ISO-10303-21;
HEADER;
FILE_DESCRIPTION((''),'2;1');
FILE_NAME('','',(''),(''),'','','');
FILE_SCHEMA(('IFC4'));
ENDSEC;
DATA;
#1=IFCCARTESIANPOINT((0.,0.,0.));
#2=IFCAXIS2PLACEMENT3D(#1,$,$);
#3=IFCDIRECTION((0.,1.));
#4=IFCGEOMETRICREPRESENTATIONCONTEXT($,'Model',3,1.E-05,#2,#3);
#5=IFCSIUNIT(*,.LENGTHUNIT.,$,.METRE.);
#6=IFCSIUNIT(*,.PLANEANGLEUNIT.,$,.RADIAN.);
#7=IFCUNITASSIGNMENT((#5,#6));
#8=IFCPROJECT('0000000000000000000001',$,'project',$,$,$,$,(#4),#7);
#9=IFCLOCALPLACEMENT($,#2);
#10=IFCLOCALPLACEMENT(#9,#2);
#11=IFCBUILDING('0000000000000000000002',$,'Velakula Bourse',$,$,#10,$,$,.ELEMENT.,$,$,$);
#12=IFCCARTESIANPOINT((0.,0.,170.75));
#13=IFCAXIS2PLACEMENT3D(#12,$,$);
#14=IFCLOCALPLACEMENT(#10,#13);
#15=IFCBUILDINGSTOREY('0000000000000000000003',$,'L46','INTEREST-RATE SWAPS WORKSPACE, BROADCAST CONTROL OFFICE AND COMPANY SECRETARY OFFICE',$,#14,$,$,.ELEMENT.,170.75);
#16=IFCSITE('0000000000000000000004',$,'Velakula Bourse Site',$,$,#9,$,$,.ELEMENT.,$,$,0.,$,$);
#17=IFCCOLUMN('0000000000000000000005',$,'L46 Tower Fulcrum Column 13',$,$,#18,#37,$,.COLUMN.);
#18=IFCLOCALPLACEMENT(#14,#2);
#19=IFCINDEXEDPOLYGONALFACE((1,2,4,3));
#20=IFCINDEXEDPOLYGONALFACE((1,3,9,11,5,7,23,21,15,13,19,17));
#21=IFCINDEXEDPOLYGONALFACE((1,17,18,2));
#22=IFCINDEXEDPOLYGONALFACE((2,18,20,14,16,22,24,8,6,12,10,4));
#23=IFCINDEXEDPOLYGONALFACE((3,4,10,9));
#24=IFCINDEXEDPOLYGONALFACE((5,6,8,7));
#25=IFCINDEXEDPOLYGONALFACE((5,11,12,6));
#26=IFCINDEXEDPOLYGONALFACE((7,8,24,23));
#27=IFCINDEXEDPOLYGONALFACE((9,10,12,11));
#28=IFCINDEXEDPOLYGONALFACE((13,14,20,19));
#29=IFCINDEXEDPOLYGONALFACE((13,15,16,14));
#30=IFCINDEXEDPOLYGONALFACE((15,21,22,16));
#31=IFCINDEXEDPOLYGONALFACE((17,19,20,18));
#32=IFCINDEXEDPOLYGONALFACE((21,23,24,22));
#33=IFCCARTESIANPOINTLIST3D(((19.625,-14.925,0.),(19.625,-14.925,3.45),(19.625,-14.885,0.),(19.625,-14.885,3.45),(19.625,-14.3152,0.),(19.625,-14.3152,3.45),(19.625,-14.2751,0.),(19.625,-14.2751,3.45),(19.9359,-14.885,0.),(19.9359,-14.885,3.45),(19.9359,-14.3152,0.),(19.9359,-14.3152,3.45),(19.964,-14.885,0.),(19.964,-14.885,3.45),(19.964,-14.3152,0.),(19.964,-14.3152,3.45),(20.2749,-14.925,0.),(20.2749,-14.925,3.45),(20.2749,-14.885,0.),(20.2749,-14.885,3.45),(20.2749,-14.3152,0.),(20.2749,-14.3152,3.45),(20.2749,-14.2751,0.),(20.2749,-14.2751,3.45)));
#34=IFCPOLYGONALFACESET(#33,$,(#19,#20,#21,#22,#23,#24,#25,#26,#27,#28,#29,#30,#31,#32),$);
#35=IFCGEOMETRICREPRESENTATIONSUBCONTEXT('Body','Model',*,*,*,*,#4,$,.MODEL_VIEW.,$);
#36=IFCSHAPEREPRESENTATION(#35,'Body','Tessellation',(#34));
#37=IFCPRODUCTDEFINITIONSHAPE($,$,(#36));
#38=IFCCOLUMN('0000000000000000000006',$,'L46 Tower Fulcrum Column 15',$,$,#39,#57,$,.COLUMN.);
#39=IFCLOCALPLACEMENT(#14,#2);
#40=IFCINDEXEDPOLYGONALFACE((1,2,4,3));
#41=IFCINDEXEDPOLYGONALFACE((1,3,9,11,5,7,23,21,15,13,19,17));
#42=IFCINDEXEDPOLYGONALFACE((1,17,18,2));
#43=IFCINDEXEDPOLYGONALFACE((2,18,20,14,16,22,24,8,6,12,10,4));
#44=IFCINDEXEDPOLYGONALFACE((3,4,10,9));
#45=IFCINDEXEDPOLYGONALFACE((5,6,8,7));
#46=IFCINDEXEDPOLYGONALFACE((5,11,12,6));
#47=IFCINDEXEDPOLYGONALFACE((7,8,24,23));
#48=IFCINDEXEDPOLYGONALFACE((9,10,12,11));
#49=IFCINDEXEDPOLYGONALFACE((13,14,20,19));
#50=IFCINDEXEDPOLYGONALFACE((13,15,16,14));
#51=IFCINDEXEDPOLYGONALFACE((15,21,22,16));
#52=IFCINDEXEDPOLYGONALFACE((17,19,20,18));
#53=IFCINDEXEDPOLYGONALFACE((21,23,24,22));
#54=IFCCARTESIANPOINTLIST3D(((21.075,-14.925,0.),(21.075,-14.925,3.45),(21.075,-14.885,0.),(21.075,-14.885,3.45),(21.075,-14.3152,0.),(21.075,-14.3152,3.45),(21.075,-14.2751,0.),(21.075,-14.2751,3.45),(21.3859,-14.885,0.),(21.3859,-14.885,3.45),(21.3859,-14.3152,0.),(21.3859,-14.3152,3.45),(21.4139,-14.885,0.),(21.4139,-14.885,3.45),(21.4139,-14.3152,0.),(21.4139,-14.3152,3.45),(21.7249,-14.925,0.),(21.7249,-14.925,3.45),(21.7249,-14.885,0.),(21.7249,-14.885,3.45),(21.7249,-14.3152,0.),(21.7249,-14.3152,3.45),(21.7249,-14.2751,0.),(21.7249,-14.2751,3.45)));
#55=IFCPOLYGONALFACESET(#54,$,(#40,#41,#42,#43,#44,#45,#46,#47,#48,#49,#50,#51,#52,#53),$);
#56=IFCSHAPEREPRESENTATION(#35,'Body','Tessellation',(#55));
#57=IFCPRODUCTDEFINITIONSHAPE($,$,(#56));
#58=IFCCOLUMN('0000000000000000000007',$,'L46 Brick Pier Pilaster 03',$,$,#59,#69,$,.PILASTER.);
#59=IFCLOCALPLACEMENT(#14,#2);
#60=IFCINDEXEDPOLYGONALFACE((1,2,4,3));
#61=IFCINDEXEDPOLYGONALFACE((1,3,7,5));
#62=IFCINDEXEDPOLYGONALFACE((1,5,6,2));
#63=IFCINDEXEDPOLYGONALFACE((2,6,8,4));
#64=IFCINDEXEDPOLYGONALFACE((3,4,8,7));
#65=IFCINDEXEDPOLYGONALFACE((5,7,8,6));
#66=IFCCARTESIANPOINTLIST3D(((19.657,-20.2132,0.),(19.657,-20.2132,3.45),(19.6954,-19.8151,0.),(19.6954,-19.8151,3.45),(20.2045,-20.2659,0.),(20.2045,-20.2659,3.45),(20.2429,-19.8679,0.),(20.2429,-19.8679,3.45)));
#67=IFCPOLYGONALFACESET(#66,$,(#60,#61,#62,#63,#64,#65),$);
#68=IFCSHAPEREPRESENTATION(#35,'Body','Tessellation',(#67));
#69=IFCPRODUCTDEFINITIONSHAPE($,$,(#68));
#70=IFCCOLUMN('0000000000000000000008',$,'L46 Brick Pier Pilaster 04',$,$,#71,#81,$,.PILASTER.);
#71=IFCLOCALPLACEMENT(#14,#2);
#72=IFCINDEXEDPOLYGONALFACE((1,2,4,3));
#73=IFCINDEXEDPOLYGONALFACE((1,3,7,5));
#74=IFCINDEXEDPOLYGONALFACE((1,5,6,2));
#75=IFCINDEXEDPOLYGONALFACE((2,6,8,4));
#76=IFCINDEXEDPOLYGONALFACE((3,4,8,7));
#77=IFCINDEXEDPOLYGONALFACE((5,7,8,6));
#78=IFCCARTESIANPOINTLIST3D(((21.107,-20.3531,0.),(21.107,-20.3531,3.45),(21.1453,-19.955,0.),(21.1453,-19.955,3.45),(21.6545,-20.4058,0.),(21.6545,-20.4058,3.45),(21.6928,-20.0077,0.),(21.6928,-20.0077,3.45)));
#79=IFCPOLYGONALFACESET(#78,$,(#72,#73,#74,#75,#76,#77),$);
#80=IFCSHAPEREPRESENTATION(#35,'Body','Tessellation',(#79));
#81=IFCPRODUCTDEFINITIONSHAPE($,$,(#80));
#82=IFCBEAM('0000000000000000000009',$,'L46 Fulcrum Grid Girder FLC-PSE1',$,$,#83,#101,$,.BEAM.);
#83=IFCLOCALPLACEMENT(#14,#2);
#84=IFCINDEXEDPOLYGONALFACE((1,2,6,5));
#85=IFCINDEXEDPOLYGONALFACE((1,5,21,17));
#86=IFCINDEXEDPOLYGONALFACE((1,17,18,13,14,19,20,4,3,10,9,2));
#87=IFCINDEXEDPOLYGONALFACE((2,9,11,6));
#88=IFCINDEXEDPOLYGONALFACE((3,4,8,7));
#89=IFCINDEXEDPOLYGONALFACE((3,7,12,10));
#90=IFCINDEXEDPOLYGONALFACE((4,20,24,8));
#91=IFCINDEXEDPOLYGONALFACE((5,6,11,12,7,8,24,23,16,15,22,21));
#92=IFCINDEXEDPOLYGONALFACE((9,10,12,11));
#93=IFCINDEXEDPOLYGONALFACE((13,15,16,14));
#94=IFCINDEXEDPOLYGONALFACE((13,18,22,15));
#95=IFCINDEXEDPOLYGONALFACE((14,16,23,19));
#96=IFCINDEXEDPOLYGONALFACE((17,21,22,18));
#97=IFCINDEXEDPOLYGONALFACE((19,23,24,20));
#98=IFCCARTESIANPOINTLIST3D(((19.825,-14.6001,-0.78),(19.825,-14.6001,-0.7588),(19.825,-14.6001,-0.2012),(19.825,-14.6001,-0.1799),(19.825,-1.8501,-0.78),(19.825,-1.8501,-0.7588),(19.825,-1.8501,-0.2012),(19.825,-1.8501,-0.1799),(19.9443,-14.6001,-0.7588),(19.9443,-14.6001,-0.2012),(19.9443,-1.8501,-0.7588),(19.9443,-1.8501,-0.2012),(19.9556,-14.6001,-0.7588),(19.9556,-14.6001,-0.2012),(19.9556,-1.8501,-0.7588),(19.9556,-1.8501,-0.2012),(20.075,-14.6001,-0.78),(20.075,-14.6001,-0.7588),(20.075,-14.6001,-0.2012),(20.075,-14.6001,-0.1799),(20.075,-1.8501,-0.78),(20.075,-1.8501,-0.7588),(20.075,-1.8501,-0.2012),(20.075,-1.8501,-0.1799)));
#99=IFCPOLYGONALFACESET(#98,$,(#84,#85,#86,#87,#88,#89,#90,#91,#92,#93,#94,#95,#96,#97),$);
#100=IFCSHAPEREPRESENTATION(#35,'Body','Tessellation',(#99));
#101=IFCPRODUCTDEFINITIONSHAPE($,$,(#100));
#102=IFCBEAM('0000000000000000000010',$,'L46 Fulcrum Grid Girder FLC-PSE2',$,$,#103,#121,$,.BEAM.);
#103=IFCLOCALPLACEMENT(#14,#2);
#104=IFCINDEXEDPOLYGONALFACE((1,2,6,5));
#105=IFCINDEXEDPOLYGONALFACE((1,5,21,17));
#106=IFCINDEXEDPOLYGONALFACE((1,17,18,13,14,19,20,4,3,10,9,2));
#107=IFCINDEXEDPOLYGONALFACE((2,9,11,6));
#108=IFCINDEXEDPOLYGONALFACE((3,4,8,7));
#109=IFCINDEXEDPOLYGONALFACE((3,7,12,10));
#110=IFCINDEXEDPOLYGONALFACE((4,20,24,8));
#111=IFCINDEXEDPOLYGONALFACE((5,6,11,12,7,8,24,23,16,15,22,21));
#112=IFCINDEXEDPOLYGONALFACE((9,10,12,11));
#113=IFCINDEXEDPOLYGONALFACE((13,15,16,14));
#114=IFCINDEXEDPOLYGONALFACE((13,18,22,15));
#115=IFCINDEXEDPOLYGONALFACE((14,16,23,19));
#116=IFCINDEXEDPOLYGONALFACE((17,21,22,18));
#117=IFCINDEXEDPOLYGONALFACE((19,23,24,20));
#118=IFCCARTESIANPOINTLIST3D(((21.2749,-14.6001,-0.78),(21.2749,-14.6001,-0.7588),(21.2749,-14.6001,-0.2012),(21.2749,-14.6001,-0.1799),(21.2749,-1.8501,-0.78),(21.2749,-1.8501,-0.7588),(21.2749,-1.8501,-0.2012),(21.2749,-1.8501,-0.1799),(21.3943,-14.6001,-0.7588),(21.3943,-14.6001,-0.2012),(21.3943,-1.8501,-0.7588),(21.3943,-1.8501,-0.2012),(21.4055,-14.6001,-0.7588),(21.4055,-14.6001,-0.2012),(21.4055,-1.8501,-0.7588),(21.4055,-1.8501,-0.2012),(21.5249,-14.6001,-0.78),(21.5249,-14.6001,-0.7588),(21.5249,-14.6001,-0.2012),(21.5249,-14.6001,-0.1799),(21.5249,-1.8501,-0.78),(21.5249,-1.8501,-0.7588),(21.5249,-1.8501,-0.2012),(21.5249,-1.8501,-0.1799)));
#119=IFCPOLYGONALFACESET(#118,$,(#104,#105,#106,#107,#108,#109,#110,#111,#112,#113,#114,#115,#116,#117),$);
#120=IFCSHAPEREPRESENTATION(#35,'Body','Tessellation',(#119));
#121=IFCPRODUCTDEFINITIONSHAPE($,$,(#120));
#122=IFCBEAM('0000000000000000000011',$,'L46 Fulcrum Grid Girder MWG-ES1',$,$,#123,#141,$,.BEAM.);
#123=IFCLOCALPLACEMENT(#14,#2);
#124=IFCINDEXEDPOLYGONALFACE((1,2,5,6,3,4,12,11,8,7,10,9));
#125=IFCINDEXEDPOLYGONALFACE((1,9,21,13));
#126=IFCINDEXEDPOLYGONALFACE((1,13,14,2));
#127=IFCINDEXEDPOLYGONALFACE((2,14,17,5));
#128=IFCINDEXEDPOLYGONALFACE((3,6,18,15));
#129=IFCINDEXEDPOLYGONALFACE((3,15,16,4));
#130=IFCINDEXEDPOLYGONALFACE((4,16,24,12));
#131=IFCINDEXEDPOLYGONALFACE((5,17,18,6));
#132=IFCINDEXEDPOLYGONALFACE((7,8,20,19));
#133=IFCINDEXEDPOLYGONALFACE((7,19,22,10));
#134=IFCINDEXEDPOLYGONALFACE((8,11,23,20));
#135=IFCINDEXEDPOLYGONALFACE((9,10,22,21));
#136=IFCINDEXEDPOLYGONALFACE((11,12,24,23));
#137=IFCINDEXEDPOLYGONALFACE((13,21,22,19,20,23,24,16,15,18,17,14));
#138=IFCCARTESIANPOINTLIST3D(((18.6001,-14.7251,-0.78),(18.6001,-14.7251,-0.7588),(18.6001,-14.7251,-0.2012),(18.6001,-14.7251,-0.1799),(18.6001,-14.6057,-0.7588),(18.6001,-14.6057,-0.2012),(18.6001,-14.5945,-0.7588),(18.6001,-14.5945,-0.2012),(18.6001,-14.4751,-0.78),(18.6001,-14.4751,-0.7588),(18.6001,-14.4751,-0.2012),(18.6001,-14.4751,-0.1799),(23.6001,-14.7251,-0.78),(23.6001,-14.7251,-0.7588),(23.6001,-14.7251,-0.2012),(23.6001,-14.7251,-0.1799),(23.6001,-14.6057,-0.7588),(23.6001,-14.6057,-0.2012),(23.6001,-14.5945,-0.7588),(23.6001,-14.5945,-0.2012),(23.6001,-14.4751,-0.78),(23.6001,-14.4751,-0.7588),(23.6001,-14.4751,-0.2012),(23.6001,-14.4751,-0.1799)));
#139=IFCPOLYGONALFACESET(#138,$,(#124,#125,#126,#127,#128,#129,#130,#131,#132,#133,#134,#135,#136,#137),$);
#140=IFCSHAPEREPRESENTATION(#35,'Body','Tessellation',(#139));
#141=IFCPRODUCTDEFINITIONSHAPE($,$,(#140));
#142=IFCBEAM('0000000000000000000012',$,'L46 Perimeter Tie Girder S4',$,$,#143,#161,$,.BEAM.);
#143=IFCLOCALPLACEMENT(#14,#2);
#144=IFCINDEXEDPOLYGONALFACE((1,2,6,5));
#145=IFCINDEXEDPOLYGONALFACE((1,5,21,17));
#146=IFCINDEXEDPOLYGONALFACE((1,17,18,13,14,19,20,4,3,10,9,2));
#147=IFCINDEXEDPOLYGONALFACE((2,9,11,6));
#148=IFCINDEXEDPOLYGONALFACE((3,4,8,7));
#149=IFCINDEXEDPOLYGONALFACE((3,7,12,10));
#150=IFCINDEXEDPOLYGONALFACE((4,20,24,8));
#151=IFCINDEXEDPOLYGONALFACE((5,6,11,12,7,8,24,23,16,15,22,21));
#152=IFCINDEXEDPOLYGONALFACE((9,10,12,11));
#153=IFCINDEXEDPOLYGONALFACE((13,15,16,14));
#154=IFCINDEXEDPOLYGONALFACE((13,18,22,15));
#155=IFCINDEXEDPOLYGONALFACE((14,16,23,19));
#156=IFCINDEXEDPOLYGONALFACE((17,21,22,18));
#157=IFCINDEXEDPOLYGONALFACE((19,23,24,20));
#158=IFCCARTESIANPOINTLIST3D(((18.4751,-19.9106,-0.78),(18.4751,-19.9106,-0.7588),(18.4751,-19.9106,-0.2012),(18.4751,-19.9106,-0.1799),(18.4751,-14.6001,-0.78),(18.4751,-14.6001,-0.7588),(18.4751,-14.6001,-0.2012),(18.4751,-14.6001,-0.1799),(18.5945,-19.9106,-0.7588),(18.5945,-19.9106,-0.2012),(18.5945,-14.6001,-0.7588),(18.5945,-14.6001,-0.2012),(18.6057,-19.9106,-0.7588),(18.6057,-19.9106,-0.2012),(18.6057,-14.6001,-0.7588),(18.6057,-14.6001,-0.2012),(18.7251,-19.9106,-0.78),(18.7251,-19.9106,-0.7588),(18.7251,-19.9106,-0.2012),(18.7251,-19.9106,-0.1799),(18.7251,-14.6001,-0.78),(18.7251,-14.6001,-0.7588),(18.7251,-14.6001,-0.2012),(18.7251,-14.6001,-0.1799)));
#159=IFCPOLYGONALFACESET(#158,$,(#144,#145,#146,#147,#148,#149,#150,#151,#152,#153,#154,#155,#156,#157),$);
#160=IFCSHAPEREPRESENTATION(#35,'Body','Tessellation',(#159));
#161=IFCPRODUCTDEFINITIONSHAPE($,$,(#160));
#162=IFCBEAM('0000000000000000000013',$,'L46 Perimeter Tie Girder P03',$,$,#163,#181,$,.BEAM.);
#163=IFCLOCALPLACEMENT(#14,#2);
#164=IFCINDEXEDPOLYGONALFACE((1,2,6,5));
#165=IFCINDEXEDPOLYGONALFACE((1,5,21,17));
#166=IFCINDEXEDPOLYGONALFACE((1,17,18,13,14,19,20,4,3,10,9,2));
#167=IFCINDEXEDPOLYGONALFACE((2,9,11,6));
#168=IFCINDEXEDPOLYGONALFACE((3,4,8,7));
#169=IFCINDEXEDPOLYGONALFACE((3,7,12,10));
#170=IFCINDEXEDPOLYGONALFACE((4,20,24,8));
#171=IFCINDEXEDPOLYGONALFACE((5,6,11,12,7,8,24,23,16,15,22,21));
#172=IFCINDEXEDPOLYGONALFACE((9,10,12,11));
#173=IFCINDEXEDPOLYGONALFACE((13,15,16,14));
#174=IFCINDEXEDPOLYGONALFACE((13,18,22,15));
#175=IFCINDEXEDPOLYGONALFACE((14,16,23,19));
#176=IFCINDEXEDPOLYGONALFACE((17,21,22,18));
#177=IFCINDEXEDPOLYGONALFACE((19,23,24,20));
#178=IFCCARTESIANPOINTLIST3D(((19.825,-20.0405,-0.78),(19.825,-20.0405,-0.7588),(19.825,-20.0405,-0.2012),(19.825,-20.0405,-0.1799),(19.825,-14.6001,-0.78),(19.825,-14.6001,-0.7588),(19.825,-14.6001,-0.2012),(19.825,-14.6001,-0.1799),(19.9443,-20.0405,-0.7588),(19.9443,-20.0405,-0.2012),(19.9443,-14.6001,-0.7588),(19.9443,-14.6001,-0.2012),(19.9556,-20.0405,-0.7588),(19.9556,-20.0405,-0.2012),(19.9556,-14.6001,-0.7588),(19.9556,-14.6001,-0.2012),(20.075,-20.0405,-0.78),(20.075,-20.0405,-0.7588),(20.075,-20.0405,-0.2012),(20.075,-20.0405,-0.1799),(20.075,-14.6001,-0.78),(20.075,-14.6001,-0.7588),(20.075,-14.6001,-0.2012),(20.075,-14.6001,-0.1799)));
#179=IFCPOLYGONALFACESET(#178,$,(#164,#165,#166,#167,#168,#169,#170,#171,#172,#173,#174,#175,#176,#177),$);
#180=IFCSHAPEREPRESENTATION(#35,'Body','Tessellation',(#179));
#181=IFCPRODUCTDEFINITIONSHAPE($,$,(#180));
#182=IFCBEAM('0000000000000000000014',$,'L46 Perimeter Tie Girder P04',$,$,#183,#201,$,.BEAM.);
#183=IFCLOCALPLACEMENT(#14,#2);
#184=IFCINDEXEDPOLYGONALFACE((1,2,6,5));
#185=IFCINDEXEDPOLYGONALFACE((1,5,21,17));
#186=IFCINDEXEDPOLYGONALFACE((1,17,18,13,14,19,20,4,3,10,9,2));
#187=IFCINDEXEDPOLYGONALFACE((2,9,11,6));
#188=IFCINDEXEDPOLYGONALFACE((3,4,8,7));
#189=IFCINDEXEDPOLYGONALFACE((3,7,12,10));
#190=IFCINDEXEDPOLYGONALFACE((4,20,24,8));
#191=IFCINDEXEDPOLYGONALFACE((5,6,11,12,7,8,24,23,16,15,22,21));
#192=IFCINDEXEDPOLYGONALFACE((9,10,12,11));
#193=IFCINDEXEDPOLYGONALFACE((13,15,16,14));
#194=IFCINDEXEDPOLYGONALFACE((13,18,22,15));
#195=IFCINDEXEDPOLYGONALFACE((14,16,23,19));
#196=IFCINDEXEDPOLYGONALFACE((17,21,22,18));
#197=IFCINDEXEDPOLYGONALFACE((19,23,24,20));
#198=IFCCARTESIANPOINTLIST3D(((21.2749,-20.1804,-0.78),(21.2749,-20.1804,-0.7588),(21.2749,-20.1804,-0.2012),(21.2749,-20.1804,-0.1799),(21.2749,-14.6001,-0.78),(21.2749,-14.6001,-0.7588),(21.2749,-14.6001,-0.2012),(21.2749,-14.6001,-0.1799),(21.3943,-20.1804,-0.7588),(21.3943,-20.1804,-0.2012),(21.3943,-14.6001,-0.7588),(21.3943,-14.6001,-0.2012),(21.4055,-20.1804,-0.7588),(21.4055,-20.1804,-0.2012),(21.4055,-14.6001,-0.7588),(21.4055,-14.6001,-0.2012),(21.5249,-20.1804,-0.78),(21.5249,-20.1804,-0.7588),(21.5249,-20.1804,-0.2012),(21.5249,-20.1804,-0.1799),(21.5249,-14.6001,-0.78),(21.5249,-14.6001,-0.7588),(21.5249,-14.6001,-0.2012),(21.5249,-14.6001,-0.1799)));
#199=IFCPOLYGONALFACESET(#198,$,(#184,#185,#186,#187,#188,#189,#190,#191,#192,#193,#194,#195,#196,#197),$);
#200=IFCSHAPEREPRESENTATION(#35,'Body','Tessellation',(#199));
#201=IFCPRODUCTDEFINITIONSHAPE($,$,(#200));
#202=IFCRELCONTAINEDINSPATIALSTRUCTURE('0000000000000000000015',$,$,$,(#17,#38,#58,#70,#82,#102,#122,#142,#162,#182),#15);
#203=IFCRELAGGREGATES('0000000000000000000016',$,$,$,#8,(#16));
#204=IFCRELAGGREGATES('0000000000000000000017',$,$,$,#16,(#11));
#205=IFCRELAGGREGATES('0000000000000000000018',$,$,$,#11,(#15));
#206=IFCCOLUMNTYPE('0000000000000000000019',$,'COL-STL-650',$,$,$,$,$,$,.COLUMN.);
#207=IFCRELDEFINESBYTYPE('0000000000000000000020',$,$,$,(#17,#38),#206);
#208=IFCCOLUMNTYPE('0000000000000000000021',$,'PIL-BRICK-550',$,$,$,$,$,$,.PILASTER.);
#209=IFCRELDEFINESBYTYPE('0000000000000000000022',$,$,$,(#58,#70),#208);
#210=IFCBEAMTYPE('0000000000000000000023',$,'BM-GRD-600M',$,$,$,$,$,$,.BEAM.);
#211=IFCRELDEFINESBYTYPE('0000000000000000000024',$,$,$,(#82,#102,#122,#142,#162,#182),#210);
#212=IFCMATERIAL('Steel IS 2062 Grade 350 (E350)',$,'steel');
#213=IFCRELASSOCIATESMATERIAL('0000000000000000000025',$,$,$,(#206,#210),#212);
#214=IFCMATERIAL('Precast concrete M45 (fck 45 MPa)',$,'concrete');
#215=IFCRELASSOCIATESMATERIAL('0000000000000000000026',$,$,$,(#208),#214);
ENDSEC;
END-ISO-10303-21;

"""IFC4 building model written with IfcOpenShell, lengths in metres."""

from ifc_helpers import new_model, si_unit, direction, frame, origin, origin_2d, place, context, subcontext, project, spatial, rectangle, i_section, extrude, material, material_profile, profile_set, type_object, element, save


model = new_model("IFC4")

# Units and contexts
model_context = context("Model", 3, precision=1e-05, world=origin(), true_north=direction((0.0, 1.0)))
body_context = subcontext(model_context, "Body", "Model", "MODEL_VIEW")
ifc_project = project(units=[si_unit("LENGTHUNIT", "METRE"), si_unit("PLANEANGLEUNIT", "RADIAN")], contexts=[model_context])

# Site, building, storey
site_placement = place(None, origin())
site = spatial("IfcSite", under=ifc_project, at=site_placement, Name="Velakula Bourse Site", CompositionType="ELEMENT", RefElevation=0.0)
building_placement = place(site_placement, origin())
building = spatial("IfcBuilding", under=site, at=building_placement, Name="Velakula Bourse", CompositionType="ELEMENT")
storey_placement = place(building_placement, frame((0.0, 0.0, 170.75)))
storey = spatial("IfcBuildingStorey", under=building, at=storey_placement, Name="L46", Description="INTEREST-RATE SWAPS WORKSPACE, BROADCAST CONTROL OFFICE AND COMPANY SECRETARY OFFICE", CompositionType="ELEMENT", Elevation=170.75)

# Columns
ifc_material_1 = material(Name="Steel IS 2062 Grade 350 (E350)", Category="steel")
ifc_material_profile_1 = material_profile(ifc_material_1, i_section(OverallWidth=0.6499, OverallDepth=0.6499, WebThickness=0.0281, FlangeThickness=0.04, at=origin_2d()), Name="Steel IS 2062 Grade 350 (E350)")
ifc_profile_set_1 = profile_set([ifc_material_profile_1], Name="Steel IS 2062 Grade 350 (E350)")
column_type_1 = type_object("IfcColumnType", Name="COL-STL-650", PredefinedType="COLUMN", material=ifc_profile_set_1)
for number, where, z_axis, x_axis, name in (
    (1, (19.95, -14.6001, 0.0), (0.0, 0.0, 1.0), (1.0, 0.0, 0.0), "L46 Tower Fulcrum Column 13"),
    (2, (21.3999, -14.6001, 0.0), (0.0, 0.0, 1.0), (1.0, 0.0, 0.0), "L46 Tower Fulcrum Column 15"),
):
    element("IfcColumn", number, at=place(storey_placement, frame(where, z_axis=z_axis, x_axis=x_axis)), inside=storey, type_object=column_type_1, Name=name, PredefinedType="COLUMN", context=body_context, shape_type="SweptSolid", body=[
        extrude(i_section(OverallWidth=0.6499, OverallDepth=0.6499, WebThickness=0.0281, FlangeThickness=0.04, at=origin_2d()), origin(), (0.0, 0.0, 1.0), 3.45),
    ])
ifc_material_2 = material(Name="Precast concrete M45 (fck 45 MPa)", Category="concrete")
ifc_material_profile_2 = material_profile(ifc_material_2, rectangle(XDim=0.55, YDim=0.3999, at=origin_2d()), Name="Precast concrete M45 (fck 45 MPa)")
ifc_profile_set_2 = profile_set([ifc_material_profile_2], Name="Precast concrete M45 (fck 45 MPa)")
column_type_2 = type_object("IfcColumnType", Name="PIL-BRICK-550", PredefinedType="PILASTER", material=ifc_profile_set_2)
for number, where, z_axis, x_axis, name in (
    (3, (19.95, -20.0405, 0.0), (0.0, 0.0, 1.0), (0.995396, -0.095846, 0.0), "L46 Brick Pier Pilaster 03"),
    (4, (21.3999, -20.1804, 0.0), (0.0, 0.0, 1.0), (0.995396, -0.095846, 0.0), "L46 Brick Pier Pilaster 04"),
):
    element("IfcColumn", number, at=place(storey_placement, frame(where, z_axis=z_axis, x_axis=x_axis)), inside=storey, type_object=column_type_2, Name=name, PredefinedType="PILASTER", context=body_context, shape_type="SweptSolid", body=[
        extrude(rectangle(XDim=0.55, YDim=0.3999, at=origin_2d()), origin(), (0.0, 0.0, 1.0), 3.45),
    ])

# Beams
ifc_material_profile_3 = material_profile(ifc_material_1, i_section(OverallWidth=0.25, OverallDepth=0.6001, WebThickness=0.0112, FlangeThickness=0.0212, at=origin_2d()), Name="Steel IS 2062 Grade 350 (E350)")
ifc_profile_set_3 = profile_set([ifc_material_profile_3], Name="Steel IS 2062 Grade 350 (E350)")
beam_type_1 = type_object("IfcBeamType", Name="BM-GRD-600M", PredefinedType="BEAM", material=ifc_profile_set_3)
for number, where, z_axis, x_axis, name in (
    (5, (19.95, -14.6001, -0.48), (0.0, 1.0, 0.0), (-1.0, 0.0, 0.0), "L46 Fulcrum Grid Girder FLC-PSE1"),
    (6, (21.3999, -14.6001, -0.48), (0.0, 1.0, 0.0), (-1.0, 0.0, 0.0), "L46 Fulcrum Grid Girder FLC-PSE2"),
):
    element("IfcBeam", number, at=place(storey_placement, frame(where, z_axis=z_axis, x_axis=x_axis)), inside=storey, type_object=beam_type_1, Name=name, PredefinedType="BEAM", context=body_context, shape_type="SweptSolid", body=[
        extrude(i_section(OverallWidth=0.25, OverallDepth=0.6001, WebThickness=0.0112, FlangeThickness=0.0212, at=origin_2d()), origin(), (0.0, 0.0, 1.0), 12.75),
    ])
beam_1_placement = place(storey_placement, frame((18.6001, -14.6001, -0.48), z_axis=(1.0, 0.0, 0.0), x_axis=(0.0, 1.0, 0.0)))
element("IfcBeam", 7, at=beam_1_placement, inside=storey, type_object=beam_type_1, Name="L46 Fulcrum Grid Girder MWG-ES1", PredefinedType="BEAM", context=body_context, shape_type="SweptSolid", body=[
    extrude(i_section(OverallWidth=0.25, OverallDepth=0.6001, WebThickness=0.0112, FlangeThickness=0.0212, at=origin_2d()), origin(), (0.0, 0.0, 1.0), 5.0),
])
beam_2_placement = place(storey_placement, frame((18.6001, -14.6001, -0.48), z_axis=(0.0, -1.0, 0.0), x_axis=(1.0, 0.0, 0.0)))
element("IfcBeam", 8, at=beam_2_placement, inside=storey, type_object=beam_type_1, Name="L46 Perimeter Tie Girder S4", PredefinedType="BEAM", context=body_context, shape_type="SweptSolid", body=[
    extrude(i_section(OverallWidth=0.25, OverallDepth=0.6001, WebThickness=0.0112, FlangeThickness=0.0212, at=origin_2d()), origin(), (0.0, 0.0, 1.0), 5.3105),
])
beam_3_placement = place(storey_placement, frame((19.95, -14.6001, -0.48), z_axis=(0.0, -1.0, 0.0), x_axis=(1.0, 0.0, 0.0)))
element("IfcBeam", 9, at=beam_3_placement, inside=storey, type_object=beam_type_1, Name="L46 Perimeter Tie Girder P03", PredefinedType="BEAM", context=body_context, shape_type="SweptSolid", body=[
    extrude(i_section(OverallWidth=0.25, OverallDepth=0.6001, WebThickness=0.0112, FlangeThickness=0.0212, at=origin_2d()), origin(), (0.0, 0.0, 1.0), 5.4404),
])
beam_4_placement = place(storey_placement, frame((21.3999, -14.6001, -0.48), z_axis=(0.0, -1.0, 0.0), x_axis=(1.0, 0.0, 0.0)))
element("IfcBeam", 10, at=beam_4_placement, inside=storey, type_object=beam_type_1, Name="L46 Perimeter Tie Girder P04", PredefinedType="BEAM", context=body_context, shape_type="SweptSolid", body=[
    extrude(i_section(OverallWidth=0.25, OverallDepth=0.6001, WebThickness=0.0112, FlangeThickness=0.0212, at=origin_2d()), origin(), (0.0, 0.0, 1.0), 5.5803),
])

save(model, "model.ifc")
